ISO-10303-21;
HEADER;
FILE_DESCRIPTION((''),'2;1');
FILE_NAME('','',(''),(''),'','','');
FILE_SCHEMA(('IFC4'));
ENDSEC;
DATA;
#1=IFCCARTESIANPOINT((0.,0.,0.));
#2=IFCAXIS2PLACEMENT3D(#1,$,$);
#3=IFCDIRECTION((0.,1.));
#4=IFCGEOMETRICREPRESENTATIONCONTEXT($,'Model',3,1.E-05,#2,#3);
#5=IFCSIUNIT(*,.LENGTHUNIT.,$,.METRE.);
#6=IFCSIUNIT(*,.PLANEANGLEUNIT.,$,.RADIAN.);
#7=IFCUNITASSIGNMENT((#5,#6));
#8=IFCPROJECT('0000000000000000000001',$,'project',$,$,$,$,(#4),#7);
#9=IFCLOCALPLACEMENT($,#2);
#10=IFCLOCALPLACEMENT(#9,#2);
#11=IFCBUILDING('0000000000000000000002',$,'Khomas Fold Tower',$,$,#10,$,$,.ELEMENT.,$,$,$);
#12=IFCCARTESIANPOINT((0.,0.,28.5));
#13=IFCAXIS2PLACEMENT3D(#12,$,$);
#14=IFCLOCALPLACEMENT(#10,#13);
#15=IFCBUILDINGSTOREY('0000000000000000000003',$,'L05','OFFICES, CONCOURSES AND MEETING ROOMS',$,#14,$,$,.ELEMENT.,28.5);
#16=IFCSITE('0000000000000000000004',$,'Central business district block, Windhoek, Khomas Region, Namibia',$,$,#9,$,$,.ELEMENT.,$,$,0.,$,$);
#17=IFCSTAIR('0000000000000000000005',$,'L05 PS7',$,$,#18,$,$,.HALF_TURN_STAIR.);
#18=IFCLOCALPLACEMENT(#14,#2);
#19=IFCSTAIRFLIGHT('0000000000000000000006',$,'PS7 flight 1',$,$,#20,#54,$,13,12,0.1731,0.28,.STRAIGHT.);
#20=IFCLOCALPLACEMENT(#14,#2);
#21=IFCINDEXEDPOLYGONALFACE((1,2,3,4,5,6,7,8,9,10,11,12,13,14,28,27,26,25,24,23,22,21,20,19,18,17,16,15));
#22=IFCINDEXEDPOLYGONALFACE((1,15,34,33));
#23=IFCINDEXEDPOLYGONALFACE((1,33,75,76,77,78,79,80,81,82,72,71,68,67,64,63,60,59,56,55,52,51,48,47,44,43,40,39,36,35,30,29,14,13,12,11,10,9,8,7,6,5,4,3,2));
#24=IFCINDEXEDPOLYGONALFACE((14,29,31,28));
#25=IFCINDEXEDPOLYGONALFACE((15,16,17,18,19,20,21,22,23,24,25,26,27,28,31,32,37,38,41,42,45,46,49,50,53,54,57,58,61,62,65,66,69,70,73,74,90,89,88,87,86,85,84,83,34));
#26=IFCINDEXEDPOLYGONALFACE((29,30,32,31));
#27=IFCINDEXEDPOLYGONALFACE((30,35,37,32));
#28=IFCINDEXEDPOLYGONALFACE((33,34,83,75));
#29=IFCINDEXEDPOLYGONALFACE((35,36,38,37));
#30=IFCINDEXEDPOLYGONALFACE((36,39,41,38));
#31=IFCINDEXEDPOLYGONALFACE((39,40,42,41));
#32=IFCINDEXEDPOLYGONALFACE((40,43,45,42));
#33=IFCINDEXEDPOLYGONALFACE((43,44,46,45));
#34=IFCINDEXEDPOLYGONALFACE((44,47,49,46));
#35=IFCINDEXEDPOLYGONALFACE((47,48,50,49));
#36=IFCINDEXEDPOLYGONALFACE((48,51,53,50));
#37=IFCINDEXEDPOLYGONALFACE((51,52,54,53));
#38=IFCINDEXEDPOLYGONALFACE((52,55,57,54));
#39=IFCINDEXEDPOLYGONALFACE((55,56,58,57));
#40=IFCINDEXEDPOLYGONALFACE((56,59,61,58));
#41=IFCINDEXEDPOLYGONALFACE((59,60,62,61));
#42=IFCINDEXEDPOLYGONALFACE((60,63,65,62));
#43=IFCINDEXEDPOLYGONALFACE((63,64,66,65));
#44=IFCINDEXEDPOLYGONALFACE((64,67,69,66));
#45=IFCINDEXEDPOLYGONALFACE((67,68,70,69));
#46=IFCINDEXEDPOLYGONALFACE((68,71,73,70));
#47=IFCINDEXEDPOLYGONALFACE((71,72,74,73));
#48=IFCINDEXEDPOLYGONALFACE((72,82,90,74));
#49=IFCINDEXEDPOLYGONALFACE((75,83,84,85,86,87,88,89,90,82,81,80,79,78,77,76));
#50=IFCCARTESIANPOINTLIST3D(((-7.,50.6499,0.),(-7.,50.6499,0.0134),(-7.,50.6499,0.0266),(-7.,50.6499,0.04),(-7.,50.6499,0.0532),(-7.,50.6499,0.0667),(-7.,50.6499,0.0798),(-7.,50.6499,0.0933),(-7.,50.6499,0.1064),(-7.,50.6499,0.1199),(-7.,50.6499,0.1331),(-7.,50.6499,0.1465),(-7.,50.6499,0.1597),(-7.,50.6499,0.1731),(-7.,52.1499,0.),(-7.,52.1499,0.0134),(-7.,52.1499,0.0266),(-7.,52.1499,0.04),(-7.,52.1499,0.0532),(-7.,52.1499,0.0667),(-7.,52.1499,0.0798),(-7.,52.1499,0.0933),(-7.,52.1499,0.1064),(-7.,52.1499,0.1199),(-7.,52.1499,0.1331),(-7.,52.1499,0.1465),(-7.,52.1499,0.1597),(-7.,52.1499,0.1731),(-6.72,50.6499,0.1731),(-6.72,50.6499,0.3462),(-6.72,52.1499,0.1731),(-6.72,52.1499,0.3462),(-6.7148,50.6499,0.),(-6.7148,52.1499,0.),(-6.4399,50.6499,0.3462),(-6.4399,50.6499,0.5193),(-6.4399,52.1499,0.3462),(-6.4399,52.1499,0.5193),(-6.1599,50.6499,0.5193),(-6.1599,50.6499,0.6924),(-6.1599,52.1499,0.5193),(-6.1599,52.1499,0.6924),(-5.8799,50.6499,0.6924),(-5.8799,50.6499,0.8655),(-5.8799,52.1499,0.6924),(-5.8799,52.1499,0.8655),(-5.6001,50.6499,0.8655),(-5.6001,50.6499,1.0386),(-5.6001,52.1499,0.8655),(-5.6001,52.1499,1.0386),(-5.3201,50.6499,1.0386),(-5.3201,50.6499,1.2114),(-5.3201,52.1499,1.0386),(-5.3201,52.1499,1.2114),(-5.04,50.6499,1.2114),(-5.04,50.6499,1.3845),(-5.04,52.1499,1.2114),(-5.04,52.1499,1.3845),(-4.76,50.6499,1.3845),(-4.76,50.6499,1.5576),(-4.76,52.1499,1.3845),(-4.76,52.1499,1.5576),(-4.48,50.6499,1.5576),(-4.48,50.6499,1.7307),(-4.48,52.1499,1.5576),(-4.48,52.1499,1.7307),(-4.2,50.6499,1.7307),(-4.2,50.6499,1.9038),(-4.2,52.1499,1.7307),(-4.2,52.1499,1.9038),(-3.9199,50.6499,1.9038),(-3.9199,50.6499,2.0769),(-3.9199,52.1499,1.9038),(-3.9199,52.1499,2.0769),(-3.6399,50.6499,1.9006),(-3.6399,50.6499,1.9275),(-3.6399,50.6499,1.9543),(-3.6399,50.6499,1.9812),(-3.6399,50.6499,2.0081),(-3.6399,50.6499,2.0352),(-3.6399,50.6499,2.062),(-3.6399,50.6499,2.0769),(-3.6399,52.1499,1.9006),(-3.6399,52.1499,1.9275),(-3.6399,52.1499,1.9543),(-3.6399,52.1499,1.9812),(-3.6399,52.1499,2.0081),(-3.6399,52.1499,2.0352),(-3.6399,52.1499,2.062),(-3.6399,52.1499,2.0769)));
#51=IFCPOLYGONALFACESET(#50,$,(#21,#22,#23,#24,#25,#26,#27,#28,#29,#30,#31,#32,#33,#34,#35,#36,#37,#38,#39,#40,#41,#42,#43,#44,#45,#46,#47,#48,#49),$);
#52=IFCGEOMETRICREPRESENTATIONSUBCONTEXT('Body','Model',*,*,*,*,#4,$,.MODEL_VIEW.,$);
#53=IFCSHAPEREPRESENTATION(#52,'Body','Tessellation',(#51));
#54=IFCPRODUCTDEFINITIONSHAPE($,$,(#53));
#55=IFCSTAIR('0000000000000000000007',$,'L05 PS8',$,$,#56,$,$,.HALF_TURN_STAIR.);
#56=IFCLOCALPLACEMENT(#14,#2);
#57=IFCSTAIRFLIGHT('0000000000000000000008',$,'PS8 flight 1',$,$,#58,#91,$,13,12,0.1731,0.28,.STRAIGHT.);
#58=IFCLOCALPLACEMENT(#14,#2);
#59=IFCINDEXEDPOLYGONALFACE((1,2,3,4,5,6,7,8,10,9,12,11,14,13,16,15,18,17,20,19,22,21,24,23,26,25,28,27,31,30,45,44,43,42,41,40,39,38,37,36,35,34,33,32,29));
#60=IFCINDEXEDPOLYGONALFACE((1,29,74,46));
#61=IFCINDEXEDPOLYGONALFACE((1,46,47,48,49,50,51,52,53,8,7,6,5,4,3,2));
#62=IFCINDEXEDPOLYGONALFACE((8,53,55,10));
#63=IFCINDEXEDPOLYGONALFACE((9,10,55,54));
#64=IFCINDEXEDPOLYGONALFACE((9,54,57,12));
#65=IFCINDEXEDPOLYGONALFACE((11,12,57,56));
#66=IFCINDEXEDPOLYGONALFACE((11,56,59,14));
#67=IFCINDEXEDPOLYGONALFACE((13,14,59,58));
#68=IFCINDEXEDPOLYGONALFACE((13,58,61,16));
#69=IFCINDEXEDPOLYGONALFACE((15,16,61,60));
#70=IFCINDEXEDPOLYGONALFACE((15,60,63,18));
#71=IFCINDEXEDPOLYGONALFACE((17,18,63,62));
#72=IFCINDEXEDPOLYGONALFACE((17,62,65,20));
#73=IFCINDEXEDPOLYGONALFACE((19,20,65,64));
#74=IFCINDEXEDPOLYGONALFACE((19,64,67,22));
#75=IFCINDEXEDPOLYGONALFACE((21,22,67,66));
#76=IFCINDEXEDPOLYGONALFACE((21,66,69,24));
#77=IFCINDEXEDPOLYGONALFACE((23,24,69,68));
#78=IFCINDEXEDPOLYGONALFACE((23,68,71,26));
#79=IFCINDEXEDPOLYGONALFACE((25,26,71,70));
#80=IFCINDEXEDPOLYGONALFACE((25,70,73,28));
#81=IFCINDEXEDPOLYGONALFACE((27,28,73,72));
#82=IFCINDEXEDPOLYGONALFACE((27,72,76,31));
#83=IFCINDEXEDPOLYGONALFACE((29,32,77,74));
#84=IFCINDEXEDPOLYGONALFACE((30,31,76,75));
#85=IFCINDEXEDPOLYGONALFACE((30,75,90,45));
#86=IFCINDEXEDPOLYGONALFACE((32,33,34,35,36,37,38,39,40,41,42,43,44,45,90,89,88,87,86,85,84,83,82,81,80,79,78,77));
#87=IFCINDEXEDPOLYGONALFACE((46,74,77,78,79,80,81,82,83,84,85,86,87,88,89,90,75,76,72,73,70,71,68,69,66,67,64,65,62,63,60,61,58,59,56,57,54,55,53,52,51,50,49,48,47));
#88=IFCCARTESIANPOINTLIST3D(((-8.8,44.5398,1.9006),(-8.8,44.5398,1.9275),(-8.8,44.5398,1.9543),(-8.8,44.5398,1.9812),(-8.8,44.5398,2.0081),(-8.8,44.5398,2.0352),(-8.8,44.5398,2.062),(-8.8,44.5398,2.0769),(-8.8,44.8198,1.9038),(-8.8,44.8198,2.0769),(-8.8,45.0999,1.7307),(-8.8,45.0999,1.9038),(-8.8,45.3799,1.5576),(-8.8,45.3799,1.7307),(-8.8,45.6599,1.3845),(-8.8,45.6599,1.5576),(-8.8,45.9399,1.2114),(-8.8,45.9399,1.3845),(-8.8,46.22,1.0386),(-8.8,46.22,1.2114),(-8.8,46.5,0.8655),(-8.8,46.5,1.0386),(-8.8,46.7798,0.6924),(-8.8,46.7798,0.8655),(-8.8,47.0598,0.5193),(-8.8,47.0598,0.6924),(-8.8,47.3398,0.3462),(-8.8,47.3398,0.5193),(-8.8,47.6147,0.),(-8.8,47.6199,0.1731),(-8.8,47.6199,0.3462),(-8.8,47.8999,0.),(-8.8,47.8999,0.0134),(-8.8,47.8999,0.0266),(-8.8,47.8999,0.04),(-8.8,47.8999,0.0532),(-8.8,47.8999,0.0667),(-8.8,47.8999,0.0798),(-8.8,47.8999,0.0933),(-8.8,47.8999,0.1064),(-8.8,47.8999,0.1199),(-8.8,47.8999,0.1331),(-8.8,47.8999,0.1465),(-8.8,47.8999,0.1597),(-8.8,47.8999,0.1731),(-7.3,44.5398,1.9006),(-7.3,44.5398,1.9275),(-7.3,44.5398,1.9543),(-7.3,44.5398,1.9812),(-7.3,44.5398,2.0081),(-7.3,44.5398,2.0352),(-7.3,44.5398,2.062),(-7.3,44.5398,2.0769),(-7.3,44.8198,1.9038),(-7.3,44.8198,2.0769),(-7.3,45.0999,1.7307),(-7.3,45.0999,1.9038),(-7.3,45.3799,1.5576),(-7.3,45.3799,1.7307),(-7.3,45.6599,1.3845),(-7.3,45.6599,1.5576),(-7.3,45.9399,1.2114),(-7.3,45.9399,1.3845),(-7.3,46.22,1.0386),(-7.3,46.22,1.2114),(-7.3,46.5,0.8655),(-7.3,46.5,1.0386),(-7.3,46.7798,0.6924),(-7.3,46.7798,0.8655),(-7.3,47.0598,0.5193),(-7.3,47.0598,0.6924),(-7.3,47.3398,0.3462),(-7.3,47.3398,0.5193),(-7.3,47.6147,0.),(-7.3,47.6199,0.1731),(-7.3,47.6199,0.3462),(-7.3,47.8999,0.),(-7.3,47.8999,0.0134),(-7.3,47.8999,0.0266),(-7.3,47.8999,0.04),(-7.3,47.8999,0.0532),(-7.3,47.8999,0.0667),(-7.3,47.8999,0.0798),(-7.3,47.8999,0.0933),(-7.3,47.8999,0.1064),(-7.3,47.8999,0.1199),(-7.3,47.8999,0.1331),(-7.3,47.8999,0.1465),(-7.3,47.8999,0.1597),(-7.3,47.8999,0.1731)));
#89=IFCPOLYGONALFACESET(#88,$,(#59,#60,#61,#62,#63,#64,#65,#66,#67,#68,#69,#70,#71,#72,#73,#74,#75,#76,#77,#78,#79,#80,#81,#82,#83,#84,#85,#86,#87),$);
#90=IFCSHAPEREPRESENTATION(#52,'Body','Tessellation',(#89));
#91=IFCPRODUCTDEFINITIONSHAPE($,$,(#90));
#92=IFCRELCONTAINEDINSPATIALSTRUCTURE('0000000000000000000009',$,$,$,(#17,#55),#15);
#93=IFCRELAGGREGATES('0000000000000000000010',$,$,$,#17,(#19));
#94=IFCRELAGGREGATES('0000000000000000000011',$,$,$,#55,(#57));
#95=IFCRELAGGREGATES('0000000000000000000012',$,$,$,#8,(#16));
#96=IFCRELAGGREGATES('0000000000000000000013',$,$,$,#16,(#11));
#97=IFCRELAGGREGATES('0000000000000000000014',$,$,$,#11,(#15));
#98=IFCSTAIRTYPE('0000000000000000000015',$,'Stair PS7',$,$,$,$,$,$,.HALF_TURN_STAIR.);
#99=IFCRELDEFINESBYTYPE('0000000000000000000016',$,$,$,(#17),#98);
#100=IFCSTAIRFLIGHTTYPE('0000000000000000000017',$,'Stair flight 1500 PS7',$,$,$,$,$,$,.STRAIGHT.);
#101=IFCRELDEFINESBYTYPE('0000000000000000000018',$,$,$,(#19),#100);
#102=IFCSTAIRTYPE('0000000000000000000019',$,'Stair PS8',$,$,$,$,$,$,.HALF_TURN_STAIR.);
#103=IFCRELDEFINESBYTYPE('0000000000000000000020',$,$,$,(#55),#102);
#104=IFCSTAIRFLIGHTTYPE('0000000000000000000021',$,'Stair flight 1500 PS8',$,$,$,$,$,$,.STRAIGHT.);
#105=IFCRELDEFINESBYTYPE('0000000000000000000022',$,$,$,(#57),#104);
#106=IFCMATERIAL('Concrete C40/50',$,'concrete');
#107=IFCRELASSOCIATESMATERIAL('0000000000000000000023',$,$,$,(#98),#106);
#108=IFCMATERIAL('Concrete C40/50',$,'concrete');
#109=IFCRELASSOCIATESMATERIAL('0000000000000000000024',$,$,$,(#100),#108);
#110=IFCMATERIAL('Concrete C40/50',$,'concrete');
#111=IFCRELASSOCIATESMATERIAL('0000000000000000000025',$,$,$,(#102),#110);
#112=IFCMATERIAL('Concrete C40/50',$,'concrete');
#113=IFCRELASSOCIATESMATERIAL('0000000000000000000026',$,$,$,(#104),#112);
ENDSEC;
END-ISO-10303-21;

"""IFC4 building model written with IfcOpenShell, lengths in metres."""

from ifc_helpers import new_model, si_unit, direction, frame, origin, place, context, subcontext, project, spatial, polyline, outline, extrude, source, transform, mapped, material, type_object, element, aggregate, save


model = new_model("IFC4")

# Units and contexts
model_context = context("Model", 3, precision=1e-05, world=origin(), true_north=direction((0.0, 1.0)))
body_context = subcontext(model_context, "Body", "Model", "MODEL_VIEW")
ifc_project = project(units=[si_unit("LENGTHUNIT", "METRE"), si_unit("PLANEANGLEUNIT", "RADIAN")], contexts=[model_context])

# Site, building, storey
site_placement = place(None, origin())
site = spatial("IfcSite", under=ifc_project, at=site_placement, Name="Central business district block, Windhoek, Khomas Region, Namibia", CompositionType="ELEMENT", RefElevation=0.0)
building_placement = place(site_placement, origin())
building = spatial("IfcBuilding", under=site, at=building_placement, Name="Khomas Fold Tower", CompositionType="ELEMENT")
storey_placement = place(building_placement, frame((0.0, 0.0, 28.5)))
storey = spatial("IfcBuildingStorey", under=building, at=storey_placement, Name="L05", Description="OFFICES, CONCOURSES AND MEETING ROOMS", CompositionType="ELEMENT", Elevation=28.5)

# Stairs, stair flights
ifc_material_1 = material(Name="Concrete C40/50", Category="concrete")
stair_type_1 = type_object("IfcStairType", Name="Stair PS7", PredefinedType="HALF_TURN_STAIR", material=ifc_material_1)
stair_1_placement = place(storey_placement, origin())
stair_1 = element("IfcStair", 1, at=stair_1_placement, inside=storey, type_object=stair_type_1, Name="L05 PS7", PredefinedType="HALF_TURN_STAIR")
ifc_material_2 = material(Name="Concrete C40/50", Category="concrete")
stair_flight_type_1 = type_object("IfcStairFlightType", Name="Stair flight 1500 PS7", PredefinedType="STRAIGHT", material=ifc_material_2)
shared_shape_1 = source(origin(), body_context, "Body", "SweptSolid", [
    extrude(outline(polyline([(0.0, 0.0), (0.0, 0.0134), (0.0, 0.0266), (0.0, 0.04), (0.0, 0.0532), (0.0, 0.0667), (0.0, 0.0798), (0.0, 0.0933), (0.0, 0.1064), (0.0, 0.1199), (0.0, 0.1331), (0.0, 0.1465), (0.0, 0.1597), (0.0, 0.1731), (0.28, 0.1731), (0.28, 0.3462), (0.5601, 0.3462), (0.5601, 0.5193), (0.8401, 0.5193), (0.8401, 0.6924), (1.1201, 0.6924), (1.1201, 0.8655), (1.3999, 0.8655), (1.3999, 1.0386), (1.6799, 1.0386), (1.6799, 1.2114), (1.96, 1.2114), (1.96, 1.3845), (2.24, 1.3845), (2.24, 1.5576), (2.52, 1.5576), (2.52, 1.7307), (2.8, 1.7307), (2.8, 1.9038), (3.0801, 1.9038), (3.0801, 2.0769), (3.3601, 2.0769), (3.3601, 2.25), (3.3601, 2.2231), (3.3601, 2.1963), (3.3601, 2.1694), (3.3601, 2.1426), (3.3601, 2.1157), (3.3601, 2.0889), (3.3601, 2.062), (3.3601, 2.0352), (3.3601, 2.0081), (3.3601, 1.9812), (3.3601, 1.9543), (3.3601, 1.9275), (3.3601, 1.9006), (0.2852, 0.0), (0.0, 0.0)])), frame((0.0, 0.75, 0.0), z_axis=(0.0, -1.0, 0.0), x_axis=(1.0, 0.0, 0.0)), (0.0, 0.0, 1.0), 1.5),
])
stair_flight_1_placement = place(storey_placement, frame((-7.0, 51.3999, 0.0), z_axis=(0.0, 0.0, 1.0), x_axis=(1.0, 0.0, 0.0)))
stair_flight_1 = element("IfcStairFlight", 2, at=stair_flight_1_placement, type_object=stair_flight_type_1, Name="PS7 flight 1", NumberOfRisers=13, NumberOfTreads=12, PredefinedType="STRAIGHT", RiserHeight=0.1731, TreadLength=0.28, context=body_context, shape_type="MappedRepresentation", body=[
    mapped(shared_shape_1, transform((0.0, 0.0, 0.0))),
])
aggregate(stair_1, [stair_flight_1])
ifc_material_3 = material(Name="Concrete C40/50", Category="concrete")
stair_type_2 = type_object("IfcStairType", Name="Stair PS8", PredefinedType="HALF_TURN_STAIR", material=ifc_material_3)
stair_2_placement = place(storey_placement, origin())
stair_2 = element("IfcStair", 3, at=stair_2_placement, inside=storey, type_object=stair_type_2, Name="L05 PS8", PredefinedType="HALF_TURN_STAIR")
ifc_material_4 = material(Name="Concrete C40/50", Category="concrete")
stair_flight_type_2 = type_object("IfcStairFlightType", Name="Stair flight 1500 PS8", PredefinedType="STRAIGHT", material=ifc_material_4)
stair_flight_2_placement = place(storey_placement, frame((-8.05, 47.8999, 0.0), z_axis=(0.0, 0.0, 1.0), x_axis=(0.0, -1.0, 0.0)))
stair_flight_2 = element("IfcStairFlight", 4, at=stair_flight_2_placement, type_object=stair_flight_type_2, Name="PS8 flight 1", NumberOfRisers=13, NumberOfTreads=12, PredefinedType="STRAIGHT", RiserHeight=0.1731, TreadLength=0.28, context=body_context, shape_type="MappedRepresentation", body=[
    mapped(shared_shape_1, transform((0.0, 0.0, 0.0))),
])
aggregate(stair_2, [stair_flight_2])

save(model, "model.ifc")
